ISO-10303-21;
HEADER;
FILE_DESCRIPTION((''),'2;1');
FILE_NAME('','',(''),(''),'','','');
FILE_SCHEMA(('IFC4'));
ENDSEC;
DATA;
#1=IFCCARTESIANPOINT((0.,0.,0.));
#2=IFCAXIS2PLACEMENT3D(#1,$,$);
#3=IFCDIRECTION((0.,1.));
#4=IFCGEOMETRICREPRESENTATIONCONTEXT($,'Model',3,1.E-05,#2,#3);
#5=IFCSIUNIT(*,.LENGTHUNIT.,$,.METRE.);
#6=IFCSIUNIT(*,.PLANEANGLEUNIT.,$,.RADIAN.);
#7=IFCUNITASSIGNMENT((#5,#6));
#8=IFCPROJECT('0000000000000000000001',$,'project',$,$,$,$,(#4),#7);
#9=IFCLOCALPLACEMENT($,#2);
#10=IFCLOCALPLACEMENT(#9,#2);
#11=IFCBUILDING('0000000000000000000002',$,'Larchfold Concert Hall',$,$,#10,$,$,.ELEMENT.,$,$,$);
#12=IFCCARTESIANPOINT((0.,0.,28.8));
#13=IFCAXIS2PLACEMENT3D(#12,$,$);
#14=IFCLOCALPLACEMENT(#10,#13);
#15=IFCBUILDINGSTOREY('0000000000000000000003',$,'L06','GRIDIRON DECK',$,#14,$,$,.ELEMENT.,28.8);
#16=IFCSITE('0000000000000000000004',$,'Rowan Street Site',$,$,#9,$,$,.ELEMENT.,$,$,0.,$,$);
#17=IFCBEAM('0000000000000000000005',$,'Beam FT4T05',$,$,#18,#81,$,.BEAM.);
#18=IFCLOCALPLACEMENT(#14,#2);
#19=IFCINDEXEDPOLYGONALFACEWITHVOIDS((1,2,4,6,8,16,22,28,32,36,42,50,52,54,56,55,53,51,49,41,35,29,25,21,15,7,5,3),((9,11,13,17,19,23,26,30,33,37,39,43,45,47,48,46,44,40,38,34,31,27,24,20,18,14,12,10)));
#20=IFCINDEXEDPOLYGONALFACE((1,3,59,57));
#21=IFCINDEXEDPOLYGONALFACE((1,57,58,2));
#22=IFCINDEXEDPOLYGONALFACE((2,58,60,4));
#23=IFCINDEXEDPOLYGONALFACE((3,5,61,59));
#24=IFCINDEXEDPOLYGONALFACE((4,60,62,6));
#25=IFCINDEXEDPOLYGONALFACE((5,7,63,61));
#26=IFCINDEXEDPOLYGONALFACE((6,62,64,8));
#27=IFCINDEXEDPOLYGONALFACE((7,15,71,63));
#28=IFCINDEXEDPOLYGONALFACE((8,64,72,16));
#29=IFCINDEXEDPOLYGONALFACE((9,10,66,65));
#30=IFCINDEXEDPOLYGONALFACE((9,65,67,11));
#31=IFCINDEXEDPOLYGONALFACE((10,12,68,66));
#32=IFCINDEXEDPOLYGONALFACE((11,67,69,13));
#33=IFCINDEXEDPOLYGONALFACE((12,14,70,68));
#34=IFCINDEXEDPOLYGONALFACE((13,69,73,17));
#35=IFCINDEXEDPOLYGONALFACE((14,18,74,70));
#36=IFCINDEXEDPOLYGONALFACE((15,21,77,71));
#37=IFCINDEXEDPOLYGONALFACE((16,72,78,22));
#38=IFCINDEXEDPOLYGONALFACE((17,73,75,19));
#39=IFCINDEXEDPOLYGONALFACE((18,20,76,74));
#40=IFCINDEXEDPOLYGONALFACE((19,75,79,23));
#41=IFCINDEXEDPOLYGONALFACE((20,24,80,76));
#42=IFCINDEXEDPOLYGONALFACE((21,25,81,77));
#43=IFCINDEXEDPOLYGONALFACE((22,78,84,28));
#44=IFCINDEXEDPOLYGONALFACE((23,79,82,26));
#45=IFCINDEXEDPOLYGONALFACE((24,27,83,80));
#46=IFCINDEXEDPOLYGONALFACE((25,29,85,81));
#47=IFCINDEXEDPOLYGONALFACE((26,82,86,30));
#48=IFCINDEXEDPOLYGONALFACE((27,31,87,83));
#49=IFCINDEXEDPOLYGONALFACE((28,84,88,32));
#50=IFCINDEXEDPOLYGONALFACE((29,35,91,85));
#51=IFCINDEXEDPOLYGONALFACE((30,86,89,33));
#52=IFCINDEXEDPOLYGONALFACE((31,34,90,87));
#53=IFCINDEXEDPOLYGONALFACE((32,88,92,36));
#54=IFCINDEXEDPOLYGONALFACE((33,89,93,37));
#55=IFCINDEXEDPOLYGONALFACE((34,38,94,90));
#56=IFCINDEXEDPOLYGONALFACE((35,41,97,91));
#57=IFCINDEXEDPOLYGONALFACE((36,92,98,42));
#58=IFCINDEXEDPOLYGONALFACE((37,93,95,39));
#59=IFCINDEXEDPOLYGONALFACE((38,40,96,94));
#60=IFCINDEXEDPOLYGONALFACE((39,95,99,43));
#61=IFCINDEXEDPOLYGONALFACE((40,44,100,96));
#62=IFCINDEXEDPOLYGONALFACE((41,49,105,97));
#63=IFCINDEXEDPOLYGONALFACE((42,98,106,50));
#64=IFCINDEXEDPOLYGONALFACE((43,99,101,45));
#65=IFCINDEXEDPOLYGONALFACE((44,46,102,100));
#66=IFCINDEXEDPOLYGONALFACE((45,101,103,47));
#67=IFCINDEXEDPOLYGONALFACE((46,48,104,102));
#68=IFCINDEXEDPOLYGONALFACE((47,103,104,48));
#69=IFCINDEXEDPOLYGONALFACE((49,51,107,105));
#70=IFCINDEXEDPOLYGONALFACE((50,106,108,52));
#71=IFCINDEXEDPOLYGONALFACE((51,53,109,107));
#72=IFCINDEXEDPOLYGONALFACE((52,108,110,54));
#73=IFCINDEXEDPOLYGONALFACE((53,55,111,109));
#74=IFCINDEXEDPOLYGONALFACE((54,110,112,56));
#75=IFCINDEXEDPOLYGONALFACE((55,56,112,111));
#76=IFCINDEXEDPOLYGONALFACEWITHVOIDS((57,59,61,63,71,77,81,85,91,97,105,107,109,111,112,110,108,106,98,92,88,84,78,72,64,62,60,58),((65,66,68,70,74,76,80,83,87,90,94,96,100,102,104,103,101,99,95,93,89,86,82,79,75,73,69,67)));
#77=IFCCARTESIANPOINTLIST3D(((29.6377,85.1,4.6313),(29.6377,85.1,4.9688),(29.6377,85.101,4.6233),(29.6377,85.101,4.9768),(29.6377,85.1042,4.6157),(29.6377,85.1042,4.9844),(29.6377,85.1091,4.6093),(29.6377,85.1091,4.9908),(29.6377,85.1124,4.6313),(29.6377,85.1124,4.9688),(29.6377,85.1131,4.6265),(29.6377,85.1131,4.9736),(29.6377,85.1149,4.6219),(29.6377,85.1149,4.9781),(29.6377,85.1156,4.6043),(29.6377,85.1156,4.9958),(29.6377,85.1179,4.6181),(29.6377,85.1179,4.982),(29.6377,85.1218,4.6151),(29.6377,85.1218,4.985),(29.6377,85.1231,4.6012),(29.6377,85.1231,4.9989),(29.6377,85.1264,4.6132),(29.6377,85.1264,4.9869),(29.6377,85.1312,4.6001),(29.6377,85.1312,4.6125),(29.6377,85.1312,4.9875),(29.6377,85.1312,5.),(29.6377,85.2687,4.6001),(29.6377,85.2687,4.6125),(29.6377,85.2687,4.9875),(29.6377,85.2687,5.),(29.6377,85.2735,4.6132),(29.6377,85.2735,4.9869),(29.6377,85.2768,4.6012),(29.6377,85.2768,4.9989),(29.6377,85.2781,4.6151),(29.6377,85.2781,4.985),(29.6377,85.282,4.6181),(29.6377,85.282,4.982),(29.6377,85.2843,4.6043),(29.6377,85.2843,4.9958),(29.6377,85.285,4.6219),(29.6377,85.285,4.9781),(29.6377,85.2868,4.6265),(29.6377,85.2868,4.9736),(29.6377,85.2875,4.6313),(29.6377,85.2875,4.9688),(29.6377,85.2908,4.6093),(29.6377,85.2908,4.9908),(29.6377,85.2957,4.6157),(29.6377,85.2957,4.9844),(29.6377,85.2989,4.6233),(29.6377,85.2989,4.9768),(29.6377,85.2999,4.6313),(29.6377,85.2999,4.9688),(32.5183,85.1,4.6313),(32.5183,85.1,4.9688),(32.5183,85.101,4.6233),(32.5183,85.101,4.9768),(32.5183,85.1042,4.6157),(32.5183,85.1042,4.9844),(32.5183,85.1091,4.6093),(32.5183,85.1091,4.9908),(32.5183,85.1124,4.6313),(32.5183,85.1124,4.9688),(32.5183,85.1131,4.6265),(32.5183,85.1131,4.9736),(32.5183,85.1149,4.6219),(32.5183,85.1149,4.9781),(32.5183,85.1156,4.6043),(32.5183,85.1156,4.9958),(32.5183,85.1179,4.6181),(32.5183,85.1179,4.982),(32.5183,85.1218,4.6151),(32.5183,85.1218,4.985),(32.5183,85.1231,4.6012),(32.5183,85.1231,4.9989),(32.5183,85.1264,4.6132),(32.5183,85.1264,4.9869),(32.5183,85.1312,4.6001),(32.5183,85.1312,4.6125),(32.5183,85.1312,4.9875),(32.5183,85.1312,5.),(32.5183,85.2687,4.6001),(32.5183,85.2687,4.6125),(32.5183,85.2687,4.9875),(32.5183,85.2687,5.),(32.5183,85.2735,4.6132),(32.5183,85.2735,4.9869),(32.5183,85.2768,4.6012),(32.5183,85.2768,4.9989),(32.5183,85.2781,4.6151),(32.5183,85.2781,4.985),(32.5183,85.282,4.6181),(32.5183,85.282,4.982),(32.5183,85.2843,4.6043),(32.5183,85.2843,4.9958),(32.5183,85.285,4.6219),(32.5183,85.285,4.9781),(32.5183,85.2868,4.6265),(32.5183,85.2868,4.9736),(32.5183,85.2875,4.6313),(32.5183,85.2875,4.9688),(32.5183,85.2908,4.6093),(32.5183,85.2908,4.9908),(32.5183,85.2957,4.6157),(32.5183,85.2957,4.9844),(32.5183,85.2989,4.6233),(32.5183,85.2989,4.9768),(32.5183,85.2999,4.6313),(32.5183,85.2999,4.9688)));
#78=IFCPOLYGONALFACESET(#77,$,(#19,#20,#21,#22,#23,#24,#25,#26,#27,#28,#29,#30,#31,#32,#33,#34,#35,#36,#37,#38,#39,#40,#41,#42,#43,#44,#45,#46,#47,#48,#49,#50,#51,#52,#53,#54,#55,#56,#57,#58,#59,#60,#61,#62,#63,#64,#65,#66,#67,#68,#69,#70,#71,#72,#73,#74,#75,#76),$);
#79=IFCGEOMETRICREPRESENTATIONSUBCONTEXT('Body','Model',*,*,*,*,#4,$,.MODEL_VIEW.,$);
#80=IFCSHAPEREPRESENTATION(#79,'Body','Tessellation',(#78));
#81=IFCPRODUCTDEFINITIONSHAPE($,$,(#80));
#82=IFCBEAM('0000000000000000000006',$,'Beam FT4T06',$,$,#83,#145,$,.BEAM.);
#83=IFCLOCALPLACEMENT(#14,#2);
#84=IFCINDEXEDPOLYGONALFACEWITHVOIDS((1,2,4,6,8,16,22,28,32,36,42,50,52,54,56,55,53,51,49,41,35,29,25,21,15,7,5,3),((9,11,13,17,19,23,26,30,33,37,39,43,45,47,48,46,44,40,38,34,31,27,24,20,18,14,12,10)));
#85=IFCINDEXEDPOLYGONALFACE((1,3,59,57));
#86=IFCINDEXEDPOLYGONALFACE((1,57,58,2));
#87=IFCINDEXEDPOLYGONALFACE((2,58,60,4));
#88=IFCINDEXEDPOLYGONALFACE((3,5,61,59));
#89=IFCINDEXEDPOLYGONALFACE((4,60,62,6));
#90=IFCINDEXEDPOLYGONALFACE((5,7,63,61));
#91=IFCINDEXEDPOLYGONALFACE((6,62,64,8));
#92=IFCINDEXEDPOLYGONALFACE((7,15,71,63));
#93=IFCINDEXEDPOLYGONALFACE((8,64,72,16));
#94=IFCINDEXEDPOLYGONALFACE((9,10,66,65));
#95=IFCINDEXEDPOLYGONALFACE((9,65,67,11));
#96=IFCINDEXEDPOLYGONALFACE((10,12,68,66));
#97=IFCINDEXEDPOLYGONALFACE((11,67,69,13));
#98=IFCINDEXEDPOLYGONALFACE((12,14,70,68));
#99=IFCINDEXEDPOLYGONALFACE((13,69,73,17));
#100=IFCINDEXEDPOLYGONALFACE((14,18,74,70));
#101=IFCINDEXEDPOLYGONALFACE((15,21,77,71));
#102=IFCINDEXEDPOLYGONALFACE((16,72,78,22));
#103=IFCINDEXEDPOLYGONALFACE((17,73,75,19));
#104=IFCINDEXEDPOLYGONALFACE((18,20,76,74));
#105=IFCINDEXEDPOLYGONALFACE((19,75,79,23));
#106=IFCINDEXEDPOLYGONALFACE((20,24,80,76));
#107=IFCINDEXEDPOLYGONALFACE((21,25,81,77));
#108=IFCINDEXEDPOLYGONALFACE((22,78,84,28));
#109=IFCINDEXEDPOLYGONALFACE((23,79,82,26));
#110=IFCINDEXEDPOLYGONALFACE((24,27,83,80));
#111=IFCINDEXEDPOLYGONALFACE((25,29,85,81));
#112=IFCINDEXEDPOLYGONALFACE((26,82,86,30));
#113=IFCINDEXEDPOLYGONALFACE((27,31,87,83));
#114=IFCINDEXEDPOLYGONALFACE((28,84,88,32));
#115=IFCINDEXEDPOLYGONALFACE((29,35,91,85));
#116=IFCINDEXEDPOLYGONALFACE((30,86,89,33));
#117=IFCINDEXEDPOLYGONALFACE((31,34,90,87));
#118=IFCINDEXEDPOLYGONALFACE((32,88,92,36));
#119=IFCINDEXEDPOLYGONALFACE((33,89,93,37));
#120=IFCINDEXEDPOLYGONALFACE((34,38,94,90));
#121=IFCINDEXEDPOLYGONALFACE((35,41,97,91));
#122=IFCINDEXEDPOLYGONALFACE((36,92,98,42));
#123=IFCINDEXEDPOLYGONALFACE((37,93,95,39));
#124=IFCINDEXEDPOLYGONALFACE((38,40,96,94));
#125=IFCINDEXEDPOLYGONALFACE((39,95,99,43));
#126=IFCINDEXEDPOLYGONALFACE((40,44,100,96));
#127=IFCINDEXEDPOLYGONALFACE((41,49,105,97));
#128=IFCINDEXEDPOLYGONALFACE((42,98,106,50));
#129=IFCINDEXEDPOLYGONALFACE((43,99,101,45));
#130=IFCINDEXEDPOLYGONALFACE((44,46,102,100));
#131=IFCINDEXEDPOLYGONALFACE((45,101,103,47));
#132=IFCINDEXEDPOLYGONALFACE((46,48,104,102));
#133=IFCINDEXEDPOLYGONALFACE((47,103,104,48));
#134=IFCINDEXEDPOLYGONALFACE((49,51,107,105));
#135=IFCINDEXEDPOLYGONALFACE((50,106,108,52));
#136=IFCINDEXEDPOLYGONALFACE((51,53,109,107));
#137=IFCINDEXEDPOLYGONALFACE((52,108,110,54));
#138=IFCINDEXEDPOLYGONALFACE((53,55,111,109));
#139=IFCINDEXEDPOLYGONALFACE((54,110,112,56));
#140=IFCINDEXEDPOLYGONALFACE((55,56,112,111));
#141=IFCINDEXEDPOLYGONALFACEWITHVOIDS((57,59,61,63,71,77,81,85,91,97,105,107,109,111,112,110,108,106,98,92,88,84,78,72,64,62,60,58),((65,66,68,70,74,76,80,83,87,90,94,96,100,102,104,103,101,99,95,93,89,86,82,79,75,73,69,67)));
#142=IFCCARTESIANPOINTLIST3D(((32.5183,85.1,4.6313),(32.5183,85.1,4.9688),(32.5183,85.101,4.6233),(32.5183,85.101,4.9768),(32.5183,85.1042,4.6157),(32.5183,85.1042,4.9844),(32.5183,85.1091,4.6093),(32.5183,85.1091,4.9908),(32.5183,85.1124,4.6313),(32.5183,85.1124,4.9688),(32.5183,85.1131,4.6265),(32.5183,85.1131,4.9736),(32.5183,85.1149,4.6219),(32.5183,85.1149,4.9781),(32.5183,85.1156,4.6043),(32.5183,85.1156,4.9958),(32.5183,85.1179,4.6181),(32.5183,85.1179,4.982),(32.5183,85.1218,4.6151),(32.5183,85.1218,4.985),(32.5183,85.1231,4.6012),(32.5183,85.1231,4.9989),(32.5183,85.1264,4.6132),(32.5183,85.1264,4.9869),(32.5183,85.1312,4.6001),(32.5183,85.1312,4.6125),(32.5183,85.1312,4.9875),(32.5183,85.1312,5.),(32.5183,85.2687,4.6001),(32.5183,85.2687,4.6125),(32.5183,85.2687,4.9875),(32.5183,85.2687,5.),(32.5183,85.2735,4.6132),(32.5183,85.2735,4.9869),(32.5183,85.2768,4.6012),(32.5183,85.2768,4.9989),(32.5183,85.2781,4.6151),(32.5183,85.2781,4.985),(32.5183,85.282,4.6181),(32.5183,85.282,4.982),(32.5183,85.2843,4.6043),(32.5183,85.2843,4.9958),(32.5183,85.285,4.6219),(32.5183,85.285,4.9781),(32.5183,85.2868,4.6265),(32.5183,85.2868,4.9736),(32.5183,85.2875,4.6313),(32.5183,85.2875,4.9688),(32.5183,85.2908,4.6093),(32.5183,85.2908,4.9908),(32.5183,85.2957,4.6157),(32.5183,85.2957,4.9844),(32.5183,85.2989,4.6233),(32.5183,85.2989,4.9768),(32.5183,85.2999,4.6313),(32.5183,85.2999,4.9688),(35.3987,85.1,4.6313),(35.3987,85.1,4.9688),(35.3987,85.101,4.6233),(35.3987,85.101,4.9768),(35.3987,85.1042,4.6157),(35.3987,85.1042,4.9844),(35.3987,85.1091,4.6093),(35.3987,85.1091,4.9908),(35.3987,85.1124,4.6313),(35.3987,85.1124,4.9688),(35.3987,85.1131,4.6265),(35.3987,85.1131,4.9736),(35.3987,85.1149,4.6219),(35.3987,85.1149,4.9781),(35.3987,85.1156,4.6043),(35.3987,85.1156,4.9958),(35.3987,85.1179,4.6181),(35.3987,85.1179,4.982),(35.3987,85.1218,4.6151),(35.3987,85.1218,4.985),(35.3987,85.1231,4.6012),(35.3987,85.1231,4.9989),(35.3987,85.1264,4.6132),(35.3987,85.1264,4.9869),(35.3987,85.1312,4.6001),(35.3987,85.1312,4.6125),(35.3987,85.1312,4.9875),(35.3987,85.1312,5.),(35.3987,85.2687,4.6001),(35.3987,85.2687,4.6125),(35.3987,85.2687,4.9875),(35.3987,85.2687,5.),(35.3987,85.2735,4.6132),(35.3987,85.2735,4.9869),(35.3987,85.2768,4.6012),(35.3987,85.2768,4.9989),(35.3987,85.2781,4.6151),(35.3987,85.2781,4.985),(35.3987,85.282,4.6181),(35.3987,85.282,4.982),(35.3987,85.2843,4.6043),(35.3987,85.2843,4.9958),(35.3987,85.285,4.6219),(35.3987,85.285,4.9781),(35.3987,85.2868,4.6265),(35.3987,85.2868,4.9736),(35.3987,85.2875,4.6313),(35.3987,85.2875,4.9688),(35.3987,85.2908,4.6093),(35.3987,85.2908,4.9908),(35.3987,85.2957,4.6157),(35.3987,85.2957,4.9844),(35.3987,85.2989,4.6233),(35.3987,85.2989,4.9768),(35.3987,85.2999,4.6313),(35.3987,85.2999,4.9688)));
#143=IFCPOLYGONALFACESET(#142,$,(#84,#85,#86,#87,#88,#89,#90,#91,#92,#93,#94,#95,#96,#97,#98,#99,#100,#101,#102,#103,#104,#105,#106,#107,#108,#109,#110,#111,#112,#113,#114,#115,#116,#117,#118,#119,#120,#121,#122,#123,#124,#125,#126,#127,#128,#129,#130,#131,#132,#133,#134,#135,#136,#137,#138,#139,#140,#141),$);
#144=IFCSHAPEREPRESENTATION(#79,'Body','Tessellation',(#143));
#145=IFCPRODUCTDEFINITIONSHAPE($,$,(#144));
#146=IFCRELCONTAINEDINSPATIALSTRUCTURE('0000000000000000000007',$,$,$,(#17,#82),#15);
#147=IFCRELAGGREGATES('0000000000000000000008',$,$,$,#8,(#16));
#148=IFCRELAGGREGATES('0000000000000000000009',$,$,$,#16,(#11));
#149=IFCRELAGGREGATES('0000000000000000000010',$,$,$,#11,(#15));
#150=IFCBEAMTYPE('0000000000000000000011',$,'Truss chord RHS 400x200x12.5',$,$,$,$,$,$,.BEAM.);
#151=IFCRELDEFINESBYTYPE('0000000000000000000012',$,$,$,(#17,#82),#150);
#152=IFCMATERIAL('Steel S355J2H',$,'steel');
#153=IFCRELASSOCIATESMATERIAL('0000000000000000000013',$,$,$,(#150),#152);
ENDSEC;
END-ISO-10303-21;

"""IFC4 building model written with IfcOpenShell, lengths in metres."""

from ifc_helpers import new_model, si_unit, direction, frame, origin, origin_2d, place, context, subcontext, project, spatial, hollow_rectangle, extrude, material, material_profile, profile_set, type_object, element, save


model = new_model("IFC4")

# Units and contexts
model_context = context("Model", 3, precision=1e-05, world=origin(), true_north=direction((0.0, 1.0)))
body_context = subcontext(model_context, "Body", "Model", "MODEL_VIEW")
ifc_project = project(units=[si_unit("LENGTHUNIT", "METRE"), si_unit("PLANEANGLEUNIT", "RADIAN")], contexts=[model_context])

# Site, building, storey
site_placement = place(None, origin())
site = spatial("IfcSite", under=ifc_project, at=site_placement, Name="Rowan Street Site", CompositionType="ELEMENT", RefElevation=0.0)
building_placement = place(site_placement, origin())
building = spatial("IfcBuilding", under=site, at=building_placement, Name="Larchfold Concert Hall", CompositionType="ELEMENT")
storey_placement = place(building_placement, frame((0.0, 0.0, 28.8)))
storey = spatial("IfcBuildingStorey", under=building, at=storey_placement, Name="L06", Description="GRIDIRON DECK", CompositionType="ELEMENT", Elevation=28.8)

# Beams
ifc_material_1 = material(Name="Steel S355J2H", Category="steel")
ifc_material_profile_1 = material_profile(ifc_material_1, hollow_rectangle(XDim=0.2, YDim=0.3999, WallThickness=0.0125, InnerFilletRadius=0.0188, OuterFilletRadius=0.0312, at=origin_2d()))
ifc_profile_set_1 = profile_set([ifc_material_profile_1], Name="Steel S355J2H")
beam_type_1 = type_object("IfcBeamType", Name="Truss chord RHS 400x200x12.5", PredefinedType="BEAM", material=ifc_profile_set_1)
beam_1_placement = place(storey_placement, frame((29.6377, 85.2, 4.8), z_axis=(1.0, 0.0, 0.0), x_axis=(0.0, 1.0, 0.0)))
element("IfcBeam", 1, at=beam_1_placement, inside=storey, type_object=beam_type_1, Name="Beam FT4T05", PredefinedType="BEAM", context=body_context, shape_type="SweptSolid", body=[
    extrude(hollow_rectangle(XDim=0.2, YDim=0.3999, WallThickness=0.0125, InnerFilletRadius=0.0188, OuterFilletRadius=0.0312, at=origin_2d()), origin(), (0.0, 0.0, 1.0), 2.8806),
])
beam_2_placement = place(storey_placement, frame((32.5183, 85.2, 4.8), z_axis=(1.0, 0.0, 0.0), x_axis=(0.0, 1.0, 0.0)))
element("IfcBeam", 2, at=beam_2_placement, inside=storey, type_object=beam_type_1, Name="Beam FT4T06", PredefinedType="BEAM", context=body_context, shape_type="SweptSolid", body=[
    extrude(hollow_rectangle(XDim=0.2, YDim=0.3999, WallThickness=0.0125, InnerFilletRadius=0.0188, OuterFilletRadius=0.0312, at=origin_2d()), origin(), (0.0, 0.0, 1.0), 2.8804),
])

save(model, "model.ifc")
